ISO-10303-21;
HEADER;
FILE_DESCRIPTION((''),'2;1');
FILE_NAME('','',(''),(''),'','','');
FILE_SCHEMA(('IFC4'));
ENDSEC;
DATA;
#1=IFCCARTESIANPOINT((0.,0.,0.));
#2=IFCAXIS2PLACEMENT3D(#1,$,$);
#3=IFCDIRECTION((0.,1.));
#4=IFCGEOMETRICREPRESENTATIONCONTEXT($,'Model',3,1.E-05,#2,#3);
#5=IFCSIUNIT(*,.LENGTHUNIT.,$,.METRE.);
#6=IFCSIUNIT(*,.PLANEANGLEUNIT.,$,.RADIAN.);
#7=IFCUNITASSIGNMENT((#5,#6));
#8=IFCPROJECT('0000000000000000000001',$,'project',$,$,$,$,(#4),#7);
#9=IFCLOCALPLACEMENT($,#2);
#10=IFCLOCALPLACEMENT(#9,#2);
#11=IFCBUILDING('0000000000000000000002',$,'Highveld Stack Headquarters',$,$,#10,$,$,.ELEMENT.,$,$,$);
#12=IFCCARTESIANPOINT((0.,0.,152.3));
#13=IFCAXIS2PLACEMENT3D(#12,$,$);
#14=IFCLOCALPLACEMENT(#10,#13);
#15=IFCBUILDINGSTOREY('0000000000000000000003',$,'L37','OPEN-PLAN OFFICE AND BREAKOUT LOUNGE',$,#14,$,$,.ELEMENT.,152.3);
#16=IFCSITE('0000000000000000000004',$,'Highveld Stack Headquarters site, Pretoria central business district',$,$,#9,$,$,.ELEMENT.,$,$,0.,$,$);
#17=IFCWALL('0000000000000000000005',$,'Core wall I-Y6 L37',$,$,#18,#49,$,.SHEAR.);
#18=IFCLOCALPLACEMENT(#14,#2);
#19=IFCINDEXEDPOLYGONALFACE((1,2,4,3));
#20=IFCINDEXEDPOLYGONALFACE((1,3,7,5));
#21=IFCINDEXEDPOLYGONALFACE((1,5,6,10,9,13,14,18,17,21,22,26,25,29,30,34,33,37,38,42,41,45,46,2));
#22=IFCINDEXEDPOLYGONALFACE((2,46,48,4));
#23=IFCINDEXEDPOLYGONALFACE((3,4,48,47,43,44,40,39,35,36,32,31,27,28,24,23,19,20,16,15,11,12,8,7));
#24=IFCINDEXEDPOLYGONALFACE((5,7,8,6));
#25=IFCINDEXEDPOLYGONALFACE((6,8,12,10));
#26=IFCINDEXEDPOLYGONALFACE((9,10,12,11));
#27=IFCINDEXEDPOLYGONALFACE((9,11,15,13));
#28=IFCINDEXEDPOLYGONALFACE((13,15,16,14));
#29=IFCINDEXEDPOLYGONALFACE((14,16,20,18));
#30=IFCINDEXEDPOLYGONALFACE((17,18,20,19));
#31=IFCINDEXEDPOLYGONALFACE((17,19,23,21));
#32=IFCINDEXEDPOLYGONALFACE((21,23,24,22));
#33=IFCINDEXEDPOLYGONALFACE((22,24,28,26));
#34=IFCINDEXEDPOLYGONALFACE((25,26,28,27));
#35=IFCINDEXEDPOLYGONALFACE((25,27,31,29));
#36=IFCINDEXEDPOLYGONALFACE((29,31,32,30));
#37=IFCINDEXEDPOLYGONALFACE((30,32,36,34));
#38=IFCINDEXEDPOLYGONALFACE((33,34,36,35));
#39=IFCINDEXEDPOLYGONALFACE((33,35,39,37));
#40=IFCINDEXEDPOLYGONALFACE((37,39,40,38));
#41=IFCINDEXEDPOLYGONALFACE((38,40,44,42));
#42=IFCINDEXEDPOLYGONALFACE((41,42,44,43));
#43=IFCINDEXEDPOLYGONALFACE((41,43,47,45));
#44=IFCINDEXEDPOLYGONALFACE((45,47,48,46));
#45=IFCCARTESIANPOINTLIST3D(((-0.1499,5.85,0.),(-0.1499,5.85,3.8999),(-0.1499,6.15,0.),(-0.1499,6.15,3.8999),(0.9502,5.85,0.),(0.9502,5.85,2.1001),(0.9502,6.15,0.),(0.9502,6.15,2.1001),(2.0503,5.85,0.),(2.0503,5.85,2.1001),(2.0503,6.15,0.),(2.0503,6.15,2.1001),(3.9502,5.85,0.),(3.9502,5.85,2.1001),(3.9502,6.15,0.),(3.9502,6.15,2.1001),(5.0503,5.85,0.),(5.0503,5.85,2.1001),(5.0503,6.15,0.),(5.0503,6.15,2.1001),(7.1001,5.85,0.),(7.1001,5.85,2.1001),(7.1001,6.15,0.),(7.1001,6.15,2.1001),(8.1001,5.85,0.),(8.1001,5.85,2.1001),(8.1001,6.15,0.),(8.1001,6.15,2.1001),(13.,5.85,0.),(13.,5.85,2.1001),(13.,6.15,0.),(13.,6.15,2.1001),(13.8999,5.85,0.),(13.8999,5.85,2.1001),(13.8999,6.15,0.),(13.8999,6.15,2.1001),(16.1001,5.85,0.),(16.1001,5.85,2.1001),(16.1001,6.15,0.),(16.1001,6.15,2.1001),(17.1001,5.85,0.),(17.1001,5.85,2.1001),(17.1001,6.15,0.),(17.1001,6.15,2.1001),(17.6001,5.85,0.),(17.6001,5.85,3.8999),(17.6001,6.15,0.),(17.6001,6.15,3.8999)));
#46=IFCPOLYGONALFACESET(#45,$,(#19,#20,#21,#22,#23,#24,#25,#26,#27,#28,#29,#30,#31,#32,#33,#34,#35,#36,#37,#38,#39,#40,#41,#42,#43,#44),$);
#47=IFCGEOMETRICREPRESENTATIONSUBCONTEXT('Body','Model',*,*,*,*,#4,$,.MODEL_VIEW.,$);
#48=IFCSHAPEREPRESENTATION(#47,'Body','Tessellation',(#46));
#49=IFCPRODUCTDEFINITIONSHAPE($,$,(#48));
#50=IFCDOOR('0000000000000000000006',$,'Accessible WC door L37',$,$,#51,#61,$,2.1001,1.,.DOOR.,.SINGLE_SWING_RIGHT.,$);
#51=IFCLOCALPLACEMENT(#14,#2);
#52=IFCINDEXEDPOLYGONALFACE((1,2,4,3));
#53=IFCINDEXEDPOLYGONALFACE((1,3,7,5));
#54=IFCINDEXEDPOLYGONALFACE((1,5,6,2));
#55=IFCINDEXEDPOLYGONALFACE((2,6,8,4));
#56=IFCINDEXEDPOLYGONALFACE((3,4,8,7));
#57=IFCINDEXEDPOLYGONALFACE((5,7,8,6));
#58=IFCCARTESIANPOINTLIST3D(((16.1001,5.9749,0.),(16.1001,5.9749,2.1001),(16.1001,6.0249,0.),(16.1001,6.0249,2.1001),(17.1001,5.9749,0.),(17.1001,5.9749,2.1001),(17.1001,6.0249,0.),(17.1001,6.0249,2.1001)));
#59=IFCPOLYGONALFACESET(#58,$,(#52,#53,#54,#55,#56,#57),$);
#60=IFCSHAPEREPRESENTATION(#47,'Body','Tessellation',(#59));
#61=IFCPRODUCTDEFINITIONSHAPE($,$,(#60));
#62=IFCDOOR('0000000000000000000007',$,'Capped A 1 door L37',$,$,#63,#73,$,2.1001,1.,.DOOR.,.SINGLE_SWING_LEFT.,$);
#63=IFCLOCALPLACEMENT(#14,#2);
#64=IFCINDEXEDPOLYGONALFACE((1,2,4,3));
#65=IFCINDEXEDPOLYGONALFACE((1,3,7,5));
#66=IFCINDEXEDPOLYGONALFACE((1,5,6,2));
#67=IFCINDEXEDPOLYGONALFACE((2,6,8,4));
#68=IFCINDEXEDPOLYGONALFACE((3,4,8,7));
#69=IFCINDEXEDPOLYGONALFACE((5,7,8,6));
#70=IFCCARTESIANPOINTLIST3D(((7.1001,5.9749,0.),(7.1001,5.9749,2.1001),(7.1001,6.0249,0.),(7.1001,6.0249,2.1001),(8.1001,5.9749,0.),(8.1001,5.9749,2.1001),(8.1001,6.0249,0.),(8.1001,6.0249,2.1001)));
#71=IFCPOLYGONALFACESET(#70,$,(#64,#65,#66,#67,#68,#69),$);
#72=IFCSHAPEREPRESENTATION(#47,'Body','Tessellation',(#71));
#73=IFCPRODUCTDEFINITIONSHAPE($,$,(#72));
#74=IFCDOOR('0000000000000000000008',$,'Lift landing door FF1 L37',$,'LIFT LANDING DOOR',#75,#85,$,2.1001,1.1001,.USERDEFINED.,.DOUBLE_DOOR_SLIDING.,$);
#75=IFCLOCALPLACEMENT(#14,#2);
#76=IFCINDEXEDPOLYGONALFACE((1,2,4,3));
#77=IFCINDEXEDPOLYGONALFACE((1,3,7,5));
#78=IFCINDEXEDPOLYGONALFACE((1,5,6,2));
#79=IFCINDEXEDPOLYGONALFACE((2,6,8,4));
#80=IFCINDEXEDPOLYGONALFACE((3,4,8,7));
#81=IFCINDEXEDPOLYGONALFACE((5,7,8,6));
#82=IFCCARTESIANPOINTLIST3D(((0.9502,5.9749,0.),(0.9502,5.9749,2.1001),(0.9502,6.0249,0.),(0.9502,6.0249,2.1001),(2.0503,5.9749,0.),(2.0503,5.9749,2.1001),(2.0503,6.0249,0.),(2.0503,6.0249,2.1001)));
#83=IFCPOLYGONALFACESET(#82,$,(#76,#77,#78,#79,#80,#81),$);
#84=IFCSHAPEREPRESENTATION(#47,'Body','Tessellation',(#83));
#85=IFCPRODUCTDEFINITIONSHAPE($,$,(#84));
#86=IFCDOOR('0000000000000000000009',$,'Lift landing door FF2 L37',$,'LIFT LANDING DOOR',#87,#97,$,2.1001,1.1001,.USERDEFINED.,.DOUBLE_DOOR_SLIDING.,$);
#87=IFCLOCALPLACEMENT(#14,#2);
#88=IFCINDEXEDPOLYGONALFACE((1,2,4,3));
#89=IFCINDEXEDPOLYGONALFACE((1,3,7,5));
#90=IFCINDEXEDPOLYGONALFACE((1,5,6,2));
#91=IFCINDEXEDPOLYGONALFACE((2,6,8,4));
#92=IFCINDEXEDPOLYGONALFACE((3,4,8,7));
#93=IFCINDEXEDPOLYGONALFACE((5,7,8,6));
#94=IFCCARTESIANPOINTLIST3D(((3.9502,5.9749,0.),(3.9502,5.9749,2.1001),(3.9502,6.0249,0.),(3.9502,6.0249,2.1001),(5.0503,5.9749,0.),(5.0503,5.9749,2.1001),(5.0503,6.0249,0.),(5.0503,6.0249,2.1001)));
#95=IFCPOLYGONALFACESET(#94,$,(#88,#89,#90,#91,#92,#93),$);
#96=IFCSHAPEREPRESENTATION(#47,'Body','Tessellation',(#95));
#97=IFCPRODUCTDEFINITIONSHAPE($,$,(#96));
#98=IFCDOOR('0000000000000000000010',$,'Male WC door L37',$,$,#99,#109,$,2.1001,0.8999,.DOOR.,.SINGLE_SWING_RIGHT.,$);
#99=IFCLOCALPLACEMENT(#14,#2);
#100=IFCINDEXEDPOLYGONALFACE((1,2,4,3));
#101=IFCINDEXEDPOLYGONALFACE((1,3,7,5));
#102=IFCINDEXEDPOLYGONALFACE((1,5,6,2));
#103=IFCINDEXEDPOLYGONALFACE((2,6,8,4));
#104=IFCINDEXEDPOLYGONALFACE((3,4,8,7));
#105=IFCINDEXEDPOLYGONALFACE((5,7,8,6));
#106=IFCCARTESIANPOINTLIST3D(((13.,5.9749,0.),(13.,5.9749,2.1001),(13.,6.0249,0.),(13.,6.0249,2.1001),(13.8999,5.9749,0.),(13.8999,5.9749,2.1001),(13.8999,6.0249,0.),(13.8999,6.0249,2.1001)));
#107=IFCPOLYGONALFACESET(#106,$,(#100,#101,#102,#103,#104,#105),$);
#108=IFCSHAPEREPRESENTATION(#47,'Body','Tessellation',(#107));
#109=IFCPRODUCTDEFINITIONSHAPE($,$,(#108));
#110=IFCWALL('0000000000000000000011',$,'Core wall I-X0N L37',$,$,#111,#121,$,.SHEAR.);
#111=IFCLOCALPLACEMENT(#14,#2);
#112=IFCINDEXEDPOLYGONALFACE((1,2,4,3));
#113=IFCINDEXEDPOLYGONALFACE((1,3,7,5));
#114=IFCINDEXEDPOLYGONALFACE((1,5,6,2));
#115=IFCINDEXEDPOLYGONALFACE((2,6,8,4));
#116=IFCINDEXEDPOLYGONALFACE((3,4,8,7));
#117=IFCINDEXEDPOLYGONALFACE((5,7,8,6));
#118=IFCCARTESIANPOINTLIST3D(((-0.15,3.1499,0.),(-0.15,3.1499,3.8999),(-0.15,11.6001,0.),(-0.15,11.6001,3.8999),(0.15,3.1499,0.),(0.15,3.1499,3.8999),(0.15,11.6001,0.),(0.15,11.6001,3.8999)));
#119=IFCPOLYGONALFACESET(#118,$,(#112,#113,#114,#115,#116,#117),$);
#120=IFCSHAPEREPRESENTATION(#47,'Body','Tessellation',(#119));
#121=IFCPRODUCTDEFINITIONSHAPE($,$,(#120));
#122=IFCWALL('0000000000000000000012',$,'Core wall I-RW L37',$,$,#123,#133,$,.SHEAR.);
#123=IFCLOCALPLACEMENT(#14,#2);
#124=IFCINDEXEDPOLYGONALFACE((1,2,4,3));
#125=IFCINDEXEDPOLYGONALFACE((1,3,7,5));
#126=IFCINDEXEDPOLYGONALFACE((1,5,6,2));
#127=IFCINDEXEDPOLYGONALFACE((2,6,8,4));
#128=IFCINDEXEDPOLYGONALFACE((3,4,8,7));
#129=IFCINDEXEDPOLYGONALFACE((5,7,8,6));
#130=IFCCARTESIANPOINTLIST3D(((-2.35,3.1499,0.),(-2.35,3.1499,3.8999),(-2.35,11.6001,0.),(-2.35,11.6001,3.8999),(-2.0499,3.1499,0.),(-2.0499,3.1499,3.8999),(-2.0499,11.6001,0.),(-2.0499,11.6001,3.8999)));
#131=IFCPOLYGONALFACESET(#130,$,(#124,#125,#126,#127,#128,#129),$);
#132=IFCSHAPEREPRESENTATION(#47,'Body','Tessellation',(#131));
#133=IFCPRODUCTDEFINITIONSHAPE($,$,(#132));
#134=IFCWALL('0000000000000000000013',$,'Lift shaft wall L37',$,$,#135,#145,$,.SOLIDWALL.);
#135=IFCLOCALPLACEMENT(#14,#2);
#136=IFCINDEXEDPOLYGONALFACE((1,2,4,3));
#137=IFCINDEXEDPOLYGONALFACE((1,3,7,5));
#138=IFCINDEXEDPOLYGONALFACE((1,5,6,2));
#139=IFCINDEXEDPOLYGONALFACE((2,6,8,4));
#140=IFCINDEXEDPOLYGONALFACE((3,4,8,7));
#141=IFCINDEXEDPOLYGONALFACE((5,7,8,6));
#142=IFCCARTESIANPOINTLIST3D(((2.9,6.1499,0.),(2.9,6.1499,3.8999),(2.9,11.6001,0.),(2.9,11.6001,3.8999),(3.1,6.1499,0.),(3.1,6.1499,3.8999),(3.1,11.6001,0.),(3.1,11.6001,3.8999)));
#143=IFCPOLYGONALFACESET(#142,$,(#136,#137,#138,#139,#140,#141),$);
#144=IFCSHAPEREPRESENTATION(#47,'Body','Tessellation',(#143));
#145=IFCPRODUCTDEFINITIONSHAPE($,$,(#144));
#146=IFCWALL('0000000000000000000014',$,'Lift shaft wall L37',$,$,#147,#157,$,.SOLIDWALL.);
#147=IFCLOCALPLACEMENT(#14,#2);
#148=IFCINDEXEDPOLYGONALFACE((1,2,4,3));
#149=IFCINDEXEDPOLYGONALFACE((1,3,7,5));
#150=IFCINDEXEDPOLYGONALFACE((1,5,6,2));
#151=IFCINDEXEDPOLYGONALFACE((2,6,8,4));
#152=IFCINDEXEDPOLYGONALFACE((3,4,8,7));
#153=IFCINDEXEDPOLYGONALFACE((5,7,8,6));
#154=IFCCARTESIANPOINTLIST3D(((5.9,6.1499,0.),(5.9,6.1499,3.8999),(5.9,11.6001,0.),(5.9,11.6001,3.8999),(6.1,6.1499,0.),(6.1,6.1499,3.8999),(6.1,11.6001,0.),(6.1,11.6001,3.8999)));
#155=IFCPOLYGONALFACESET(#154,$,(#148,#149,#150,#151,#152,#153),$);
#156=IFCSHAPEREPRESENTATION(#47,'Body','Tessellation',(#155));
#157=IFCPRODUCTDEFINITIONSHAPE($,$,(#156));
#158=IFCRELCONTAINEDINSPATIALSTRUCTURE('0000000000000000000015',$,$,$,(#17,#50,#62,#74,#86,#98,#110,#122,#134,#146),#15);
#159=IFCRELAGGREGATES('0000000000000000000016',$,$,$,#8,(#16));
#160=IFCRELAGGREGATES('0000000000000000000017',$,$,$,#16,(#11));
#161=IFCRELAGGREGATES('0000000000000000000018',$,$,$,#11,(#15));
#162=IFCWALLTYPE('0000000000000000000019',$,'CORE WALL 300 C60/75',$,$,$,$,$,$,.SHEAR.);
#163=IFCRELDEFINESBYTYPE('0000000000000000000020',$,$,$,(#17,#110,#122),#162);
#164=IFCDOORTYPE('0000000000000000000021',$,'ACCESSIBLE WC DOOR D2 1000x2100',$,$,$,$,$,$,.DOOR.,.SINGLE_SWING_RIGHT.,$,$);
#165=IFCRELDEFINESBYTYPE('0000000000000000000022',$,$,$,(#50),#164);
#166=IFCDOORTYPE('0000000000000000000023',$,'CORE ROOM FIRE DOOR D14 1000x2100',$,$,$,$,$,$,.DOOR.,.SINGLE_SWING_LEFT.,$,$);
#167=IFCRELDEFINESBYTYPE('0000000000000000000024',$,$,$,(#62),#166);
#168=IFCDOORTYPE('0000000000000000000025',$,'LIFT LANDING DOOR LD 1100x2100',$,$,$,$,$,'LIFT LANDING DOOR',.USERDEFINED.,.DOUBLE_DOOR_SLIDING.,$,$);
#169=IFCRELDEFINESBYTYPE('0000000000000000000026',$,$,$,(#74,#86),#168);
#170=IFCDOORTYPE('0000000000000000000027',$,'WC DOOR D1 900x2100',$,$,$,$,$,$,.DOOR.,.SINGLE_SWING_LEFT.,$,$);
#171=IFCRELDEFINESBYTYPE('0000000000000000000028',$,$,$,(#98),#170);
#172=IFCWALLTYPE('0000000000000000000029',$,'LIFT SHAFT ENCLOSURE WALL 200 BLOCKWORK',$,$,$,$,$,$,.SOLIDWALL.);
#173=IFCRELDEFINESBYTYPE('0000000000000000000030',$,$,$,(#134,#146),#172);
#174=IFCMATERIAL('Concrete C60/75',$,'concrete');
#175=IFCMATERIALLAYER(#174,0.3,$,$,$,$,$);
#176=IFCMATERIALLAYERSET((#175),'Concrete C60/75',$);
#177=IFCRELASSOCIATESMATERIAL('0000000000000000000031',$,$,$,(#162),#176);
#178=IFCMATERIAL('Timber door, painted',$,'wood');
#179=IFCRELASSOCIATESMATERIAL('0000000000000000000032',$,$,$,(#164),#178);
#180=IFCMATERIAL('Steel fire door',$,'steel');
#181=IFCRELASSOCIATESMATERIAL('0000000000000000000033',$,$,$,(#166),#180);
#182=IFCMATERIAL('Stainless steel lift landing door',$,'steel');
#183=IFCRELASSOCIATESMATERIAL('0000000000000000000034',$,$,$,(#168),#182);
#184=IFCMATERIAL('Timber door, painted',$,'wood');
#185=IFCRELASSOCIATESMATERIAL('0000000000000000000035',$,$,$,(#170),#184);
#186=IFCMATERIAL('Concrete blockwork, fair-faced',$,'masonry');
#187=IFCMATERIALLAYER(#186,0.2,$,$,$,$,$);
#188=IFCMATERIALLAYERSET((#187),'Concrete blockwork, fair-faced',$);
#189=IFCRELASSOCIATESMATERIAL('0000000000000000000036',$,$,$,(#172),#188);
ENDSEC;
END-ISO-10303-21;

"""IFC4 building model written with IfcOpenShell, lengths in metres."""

from ifc_helpers import new_model, si_unit, direction, frame, frame_2d, origin, place, context, subcontext, project, spatial, rectangle, extrude, material, layer, layer_set, type_object, element, fill, save


model = new_model("IFC4")

# Units and contexts
model_context = context("Model", 3, precision=1e-05, world=origin(), true_north=direction((0.0, 1.0)))
body_context = subcontext(model_context, "Body", "Model", "MODEL_VIEW")
ifc_project = project(units=[si_unit("LENGTHUNIT", "METRE"), si_unit("PLANEANGLEUNIT", "RADIAN")], contexts=[model_context])

# Site, building, storey
site_placement = place(None, origin())
site = spatial("IfcSite", under=ifc_project, at=site_placement, Name="Highveld Stack Headquarters site, Pretoria central business district", CompositionType="ELEMENT", RefElevation=0.0)
building_placement = place(site_placement, origin())
building = spatial("IfcBuilding", under=site, at=building_placement, Name="Highveld Stack Headquarters", CompositionType="ELEMENT")
storey_placement = place(building_placement, frame((0.0, 0.0, 152.3)))
storey = spatial("IfcBuildingStorey", under=building, at=storey_placement, Name="L37", Description="OPEN-PLAN OFFICE AND BREAKOUT LOUNGE", CompositionType="ELEMENT", Elevation=152.3)

# Wall, openings, doors
ifc_material_1 = material(Name="Concrete C60/75", Category="concrete")
ifc_layer_1 = layer(ifc_material_1, 0.3)
ifc_layer_set_1 = layer_set([ifc_layer_1], Name="Concrete C60/75")
wall_type_1 = type_object("IfcWallType", Name="CORE WALL 300 C60/75", PredefinedType="SHEAR", material=ifc_layer_set_1)
wall_1_placement = place(storey_placement, frame((-0.1499, 6.0, 0.0), z_axis=(0.0, 0.0, 1.0), x_axis=(1.0, 0.0, 0.0)))
wall_1 = element("IfcWall", 1, at=wall_1_placement, inside=storey, type_object=wall_type_1, Name="Core wall I-Y6 L37", PredefinedType="SHEAR", context=body_context, shape_type="SweptSolid", body=[
    extrude(rectangle(XDim=17.75, YDim=0.3, at=frame_2d((8.875, 0.0))), origin(), (0.0, 0.0, 1.0), 3.8999),
])
opening_1_placement = place(wall_1_placement, frame((13.1499, 0.0, 0.0)))
opening_1 = element("IfcOpeningElement", 2, at=opening_1_placement, cuts=wall_1, PredefinedType="OPENING", context=body_context, shape_type="SweptSolid", body=[
    extrude(rectangle(XDim=0.8999, YDim=2.1001, at=frame_2d((0.45, 1.05))), frame((0.0, 0.1599, 0.0), z_axis=(0.0, -1.0, 0.0), x_axis=(1.0, 0.0, 0.0)), (0.0, 0.0, 1.0), 0.3201),
])
opening_2_placement = place(wall_1_placement, frame((16.25, 0.0, 0.0)))
opening_2 = element("IfcOpeningElement", 3, at=opening_2_placement, cuts=wall_1, PredefinedType="OPENING", context=body_context, shape_type="SweptSolid", body=[
    extrude(rectangle(XDim=1.0, YDim=2.1001, at=frame_2d((0.5, 1.05))), frame((0.0, 0.1599, 0.0), z_axis=(0.0, -1.0, 0.0), x_axis=(1.0, 0.0, 0.0)), (0.0, 0.0, 1.0), 0.3201),
])
opening_3_placement = place(wall_1_placement, frame((7.25, 0.0, 0.0)))
opening_3 = element("IfcOpeningElement", 4, at=opening_3_placement, cuts=wall_1, PredefinedType="OPENING", context=body_context, shape_type="SweptSolid", body=[
    extrude(rectangle(XDim=1.0, YDim=2.1001, at=frame_2d((0.5, 1.05))), frame((0.0, 0.1599, 0.0), z_axis=(0.0, -1.0, 0.0), x_axis=(1.0, 0.0, 0.0)), (0.0, 0.0, 1.0), 0.3201),
])
opening_4_placement = place(wall_1_placement, frame((1.1001, 0.0, 0.0)))
opening_4 = element("IfcOpeningElement", 5, at=opening_4_placement, cuts=wall_1, PredefinedType="OPENING", context=body_context, shape_type="SweptSolid", body=[
    extrude(rectangle(XDim=1.1001, YDim=2.1001, at=frame_2d((0.55, 1.05))), frame((0.0, 0.1599, 0.0), z_axis=(0.0, -1.0, 0.0), x_axis=(1.0, 0.0, 0.0)), (0.0, 0.0, 1.0), 0.3201),
])
opening_5_placement = place(wall_1_placement, frame((4.1001, 0.0, 0.0)))
opening_5 = element("IfcOpeningElement", 6, at=opening_5_placement, cuts=wall_1, PredefinedType="OPENING", context=body_context, shape_type="SweptSolid", body=[
    extrude(rectangle(XDim=1.1001, YDim=2.1001, at=frame_2d((0.55, 1.05))), frame((0.0, 0.1599, 0.0), z_axis=(0.0, -1.0, 0.0), x_axis=(1.0, 0.0, 0.0)), (0.0, 0.0, 1.0), 0.3201),
])
ifc_material_2 = material(Name="Timber door, painted", Category="wood")
door_type_1 = type_object("IfcDoorType", Name="ACCESSIBLE WC DOOR D2 1000x2100", OperationType="SINGLE_SWING_RIGHT", PredefinedType="DOOR", material=ifc_material_2)
door_1_placement = place(opening_2_placement, origin())
door_1 = element("IfcDoor", 7, at=door_1_placement, inside=storey, type_object=door_type_1, Name="Accessible WC door L37", OperationType="SINGLE_SWING_RIGHT", OverallHeight=2.1001, OverallWidth=1.0, PredefinedType="DOOR", context=body_context, shape_type="SweptSolid", body=[
    extrude(rectangle(XDim=1.0, YDim=2.1001, at=frame_2d((0.5, 1.05))), frame((0.0, 0.0249, 0.0), z_axis=(0.0, -1.0, 0.0), x_axis=(1.0, 0.0, 0.0)), (0.0, 0.0, 1.0), 0.05),
])
fill(opening_2, door_1)
ifc_material_3 = material(Name="Steel fire door", Category="steel")
door_type_2 = type_object("IfcDoorType", Name="CORE ROOM FIRE DOOR D14 1000x2100", OperationType="SINGLE_SWING_LEFT", PredefinedType="DOOR", material=ifc_material_3)
door_2_placement = place(opening_3_placement, origin())
door_2 = element("IfcDoor", 8, at=door_2_placement, inside=storey, type_object=door_type_2, Name="Capped A 1 door L37", OperationType="SINGLE_SWING_LEFT", OverallHeight=2.1001, OverallWidth=1.0, PredefinedType="DOOR", context=body_context, shape_type="SweptSolid", body=[
    extrude(rectangle(XDim=1.0, YDim=2.1001, at=frame_2d((0.5, 1.05))), frame((0.0, 0.0249, 0.0), z_axis=(0.0, -1.0, 0.0), x_axis=(1.0, 0.0, 0.0)), (0.0, 0.0, 1.0), 0.05),
])
fill(opening_3, door_2)
ifc_material_4 = material(Name="Stainless steel lift landing door", Category="steel")
door_type_3 = type_object("IfcDoorType", Name="LIFT LANDING DOOR LD 1100x2100", ElementType="LIFT LANDING DOOR", OperationType="DOUBLE_DOOR_SLIDING", PredefinedType="USERDEFINED", material=ifc_material_4)
door_3_placement = place(opening_4_placement, origin())
door_3 = element("IfcDoor", 9, at=door_3_placement, inside=storey, type_object=door_type_3, Name="Lift landing door FF1 L37", ObjectType="LIFT LANDING DOOR", OperationType="DOUBLE_DOOR_SLIDING", OverallHeight=2.1001, OverallWidth=1.1001, PredefinedType="USERDEFINED", context=body_context, shape_type="SweptSolid", body=[
    extrude(rectangle(XDim=1.1001, YDim=2.1001, at=frame_2d((0.55, 1.05))), frame((0.0, 0.0249, 0.0), z_axis=(0.0, -1.0, 0.0), x_axis=(1.0, 0.0, 0.0)), (0.0, 0.0, 1.0), 0.05),
])
fill(opening_4, door_3)
door_4_placement = place(opening_5_placement, origin())
door_4 = element("IfcDoor", 10, at=door_4_placement, inside=storey, type_object=door_type_3, Name="Lift landing door FF2 L37", ObjectType="LIFT LANDING DOOR", OperationType="DOUBLE_DOOR_SLIDING", OverallHeight=2.1001, OverallWidth=1.1001, PredefinedType="USERDEFINED", context=body_context, shape_type="SweptSolid", body=[
    extrude(rectangle(XDim=1.1001, YDim=2.1001, at=frame_2d((0.55, 1.05))), frame((0.0, 0.0249, 0.0), z_axis=(0.0, -1.0, 0.0), x_axis=(1.0, 0.0, 0.0)), (0.0, 0.0, 1.0), 0.05),
])
fill(opening_5, door_4)
ifc_material_5 = material(Name="Timber door, painted", Category="wood")
door_type_4 = type_object("IfcDoorType", Name="WC DOOR D1 900x2100", OperationType="SINGLE_SWING_LEFT", PredefinedType="DOOR", material=ifc_material_5)
door_5_placement = place(opening_1_placement, origin())
door_5 = element("IfcDoor", 11, at=door_5_placement, inside=storey, type_object=door_type_4, Name="Male WC door L37", OperationType="SINGLE_SWING_RIGHT", OverallHeight=2.1001, OverallWidth=0.8999, PredefinedType="DOOR", context=body_context, shape_type="SweptSolid", body=[
    extrude(rectangle(XDim=0.8999, YDim=2.1001, at=frame_2d((0.45, 1.05))), frame((0.0, 0.0249, 0.0), z_axis=(0.0, -1.0, 0.0), x_axis=(1.0, 0.0, 0.0)), (0.0, 0.0, 1.0), 0.05),
])
fill(opening_1, door_5)

# Walls
for number, where, z_axis, x_axis, name in (
    (12, (0.0, 3.1499, 0.0), (0.0, 0.0, 1.0), (0.0, 1.0, 0.0), "Core wall I-X0N L37"),
    (13, (-2.2, 3.1499, 0.0), (0.0, 0.0, 1.0), (0.0, 1.0, 0.0), "Core wall I-RW L37"),
):
    element("IfcWall", number, at=place(storey_placement, frame(where, z_axis=z_axis, x_axis=x_axis)), inside=storey, type_object=wall_type_1, Name=name, PredefinedType="SHEAR", context=body_context, shape_type="SweptSolid", body=[
        extrude(rectangle(XDim=8.4502, YDim=0.3, at=frame_2d((4.2251, 0.0))), origin(), (0.0, 0.0, 1.0), 3.8999),
    ])
ifc_material_6 = material(Name="Concrete blockwork, fair-faced", Category="masonry")
ifc_layer_2 = layer(ifc_material_6, 0.2)
ifc_layer_set_2 = layer_set([ifc_layer_2], Name="Concrete blockwork, fair-faced")
wall_type_2 = type_object("IfcWallType", Name="LIFT SHAFT ENCLOSURE WALL 200 BLOCKWORK", PredefinedType="SOLIDWALL", material=ifc_layer_set_2)
for number, where, z_axis, x_axis, name in (
    (14, (3.0, 6.1499, 0.0), (0.0, 0.0, 1.0), (0.0, 1.0, 0.0), "Lift shaft wall L37"),
    (15, (6.0, 6.1499, 0.0), (0.0, 0.0, 1.0), (0.0, 1.0, 0.0), "Lift shaft wall L37"),
):
    element("IfcWall", number, at=place(storey_placement, frame(where, z_axis=z_axis, x_axis=x_axis)), inside=storey, type_object=wall_type_2, Name=name, PredefinedType="SOLIDWALL", context=body_context, shape_type="SweptSolid", body=[
        extrude(rectangle(XDim=5.4502, YDim=0.2, at=frame_2d((2.7251, 0.0))), origin(), (0.0, 0.0, 1.0), 3.8999),
    ])

save(model, "model.ifc")
